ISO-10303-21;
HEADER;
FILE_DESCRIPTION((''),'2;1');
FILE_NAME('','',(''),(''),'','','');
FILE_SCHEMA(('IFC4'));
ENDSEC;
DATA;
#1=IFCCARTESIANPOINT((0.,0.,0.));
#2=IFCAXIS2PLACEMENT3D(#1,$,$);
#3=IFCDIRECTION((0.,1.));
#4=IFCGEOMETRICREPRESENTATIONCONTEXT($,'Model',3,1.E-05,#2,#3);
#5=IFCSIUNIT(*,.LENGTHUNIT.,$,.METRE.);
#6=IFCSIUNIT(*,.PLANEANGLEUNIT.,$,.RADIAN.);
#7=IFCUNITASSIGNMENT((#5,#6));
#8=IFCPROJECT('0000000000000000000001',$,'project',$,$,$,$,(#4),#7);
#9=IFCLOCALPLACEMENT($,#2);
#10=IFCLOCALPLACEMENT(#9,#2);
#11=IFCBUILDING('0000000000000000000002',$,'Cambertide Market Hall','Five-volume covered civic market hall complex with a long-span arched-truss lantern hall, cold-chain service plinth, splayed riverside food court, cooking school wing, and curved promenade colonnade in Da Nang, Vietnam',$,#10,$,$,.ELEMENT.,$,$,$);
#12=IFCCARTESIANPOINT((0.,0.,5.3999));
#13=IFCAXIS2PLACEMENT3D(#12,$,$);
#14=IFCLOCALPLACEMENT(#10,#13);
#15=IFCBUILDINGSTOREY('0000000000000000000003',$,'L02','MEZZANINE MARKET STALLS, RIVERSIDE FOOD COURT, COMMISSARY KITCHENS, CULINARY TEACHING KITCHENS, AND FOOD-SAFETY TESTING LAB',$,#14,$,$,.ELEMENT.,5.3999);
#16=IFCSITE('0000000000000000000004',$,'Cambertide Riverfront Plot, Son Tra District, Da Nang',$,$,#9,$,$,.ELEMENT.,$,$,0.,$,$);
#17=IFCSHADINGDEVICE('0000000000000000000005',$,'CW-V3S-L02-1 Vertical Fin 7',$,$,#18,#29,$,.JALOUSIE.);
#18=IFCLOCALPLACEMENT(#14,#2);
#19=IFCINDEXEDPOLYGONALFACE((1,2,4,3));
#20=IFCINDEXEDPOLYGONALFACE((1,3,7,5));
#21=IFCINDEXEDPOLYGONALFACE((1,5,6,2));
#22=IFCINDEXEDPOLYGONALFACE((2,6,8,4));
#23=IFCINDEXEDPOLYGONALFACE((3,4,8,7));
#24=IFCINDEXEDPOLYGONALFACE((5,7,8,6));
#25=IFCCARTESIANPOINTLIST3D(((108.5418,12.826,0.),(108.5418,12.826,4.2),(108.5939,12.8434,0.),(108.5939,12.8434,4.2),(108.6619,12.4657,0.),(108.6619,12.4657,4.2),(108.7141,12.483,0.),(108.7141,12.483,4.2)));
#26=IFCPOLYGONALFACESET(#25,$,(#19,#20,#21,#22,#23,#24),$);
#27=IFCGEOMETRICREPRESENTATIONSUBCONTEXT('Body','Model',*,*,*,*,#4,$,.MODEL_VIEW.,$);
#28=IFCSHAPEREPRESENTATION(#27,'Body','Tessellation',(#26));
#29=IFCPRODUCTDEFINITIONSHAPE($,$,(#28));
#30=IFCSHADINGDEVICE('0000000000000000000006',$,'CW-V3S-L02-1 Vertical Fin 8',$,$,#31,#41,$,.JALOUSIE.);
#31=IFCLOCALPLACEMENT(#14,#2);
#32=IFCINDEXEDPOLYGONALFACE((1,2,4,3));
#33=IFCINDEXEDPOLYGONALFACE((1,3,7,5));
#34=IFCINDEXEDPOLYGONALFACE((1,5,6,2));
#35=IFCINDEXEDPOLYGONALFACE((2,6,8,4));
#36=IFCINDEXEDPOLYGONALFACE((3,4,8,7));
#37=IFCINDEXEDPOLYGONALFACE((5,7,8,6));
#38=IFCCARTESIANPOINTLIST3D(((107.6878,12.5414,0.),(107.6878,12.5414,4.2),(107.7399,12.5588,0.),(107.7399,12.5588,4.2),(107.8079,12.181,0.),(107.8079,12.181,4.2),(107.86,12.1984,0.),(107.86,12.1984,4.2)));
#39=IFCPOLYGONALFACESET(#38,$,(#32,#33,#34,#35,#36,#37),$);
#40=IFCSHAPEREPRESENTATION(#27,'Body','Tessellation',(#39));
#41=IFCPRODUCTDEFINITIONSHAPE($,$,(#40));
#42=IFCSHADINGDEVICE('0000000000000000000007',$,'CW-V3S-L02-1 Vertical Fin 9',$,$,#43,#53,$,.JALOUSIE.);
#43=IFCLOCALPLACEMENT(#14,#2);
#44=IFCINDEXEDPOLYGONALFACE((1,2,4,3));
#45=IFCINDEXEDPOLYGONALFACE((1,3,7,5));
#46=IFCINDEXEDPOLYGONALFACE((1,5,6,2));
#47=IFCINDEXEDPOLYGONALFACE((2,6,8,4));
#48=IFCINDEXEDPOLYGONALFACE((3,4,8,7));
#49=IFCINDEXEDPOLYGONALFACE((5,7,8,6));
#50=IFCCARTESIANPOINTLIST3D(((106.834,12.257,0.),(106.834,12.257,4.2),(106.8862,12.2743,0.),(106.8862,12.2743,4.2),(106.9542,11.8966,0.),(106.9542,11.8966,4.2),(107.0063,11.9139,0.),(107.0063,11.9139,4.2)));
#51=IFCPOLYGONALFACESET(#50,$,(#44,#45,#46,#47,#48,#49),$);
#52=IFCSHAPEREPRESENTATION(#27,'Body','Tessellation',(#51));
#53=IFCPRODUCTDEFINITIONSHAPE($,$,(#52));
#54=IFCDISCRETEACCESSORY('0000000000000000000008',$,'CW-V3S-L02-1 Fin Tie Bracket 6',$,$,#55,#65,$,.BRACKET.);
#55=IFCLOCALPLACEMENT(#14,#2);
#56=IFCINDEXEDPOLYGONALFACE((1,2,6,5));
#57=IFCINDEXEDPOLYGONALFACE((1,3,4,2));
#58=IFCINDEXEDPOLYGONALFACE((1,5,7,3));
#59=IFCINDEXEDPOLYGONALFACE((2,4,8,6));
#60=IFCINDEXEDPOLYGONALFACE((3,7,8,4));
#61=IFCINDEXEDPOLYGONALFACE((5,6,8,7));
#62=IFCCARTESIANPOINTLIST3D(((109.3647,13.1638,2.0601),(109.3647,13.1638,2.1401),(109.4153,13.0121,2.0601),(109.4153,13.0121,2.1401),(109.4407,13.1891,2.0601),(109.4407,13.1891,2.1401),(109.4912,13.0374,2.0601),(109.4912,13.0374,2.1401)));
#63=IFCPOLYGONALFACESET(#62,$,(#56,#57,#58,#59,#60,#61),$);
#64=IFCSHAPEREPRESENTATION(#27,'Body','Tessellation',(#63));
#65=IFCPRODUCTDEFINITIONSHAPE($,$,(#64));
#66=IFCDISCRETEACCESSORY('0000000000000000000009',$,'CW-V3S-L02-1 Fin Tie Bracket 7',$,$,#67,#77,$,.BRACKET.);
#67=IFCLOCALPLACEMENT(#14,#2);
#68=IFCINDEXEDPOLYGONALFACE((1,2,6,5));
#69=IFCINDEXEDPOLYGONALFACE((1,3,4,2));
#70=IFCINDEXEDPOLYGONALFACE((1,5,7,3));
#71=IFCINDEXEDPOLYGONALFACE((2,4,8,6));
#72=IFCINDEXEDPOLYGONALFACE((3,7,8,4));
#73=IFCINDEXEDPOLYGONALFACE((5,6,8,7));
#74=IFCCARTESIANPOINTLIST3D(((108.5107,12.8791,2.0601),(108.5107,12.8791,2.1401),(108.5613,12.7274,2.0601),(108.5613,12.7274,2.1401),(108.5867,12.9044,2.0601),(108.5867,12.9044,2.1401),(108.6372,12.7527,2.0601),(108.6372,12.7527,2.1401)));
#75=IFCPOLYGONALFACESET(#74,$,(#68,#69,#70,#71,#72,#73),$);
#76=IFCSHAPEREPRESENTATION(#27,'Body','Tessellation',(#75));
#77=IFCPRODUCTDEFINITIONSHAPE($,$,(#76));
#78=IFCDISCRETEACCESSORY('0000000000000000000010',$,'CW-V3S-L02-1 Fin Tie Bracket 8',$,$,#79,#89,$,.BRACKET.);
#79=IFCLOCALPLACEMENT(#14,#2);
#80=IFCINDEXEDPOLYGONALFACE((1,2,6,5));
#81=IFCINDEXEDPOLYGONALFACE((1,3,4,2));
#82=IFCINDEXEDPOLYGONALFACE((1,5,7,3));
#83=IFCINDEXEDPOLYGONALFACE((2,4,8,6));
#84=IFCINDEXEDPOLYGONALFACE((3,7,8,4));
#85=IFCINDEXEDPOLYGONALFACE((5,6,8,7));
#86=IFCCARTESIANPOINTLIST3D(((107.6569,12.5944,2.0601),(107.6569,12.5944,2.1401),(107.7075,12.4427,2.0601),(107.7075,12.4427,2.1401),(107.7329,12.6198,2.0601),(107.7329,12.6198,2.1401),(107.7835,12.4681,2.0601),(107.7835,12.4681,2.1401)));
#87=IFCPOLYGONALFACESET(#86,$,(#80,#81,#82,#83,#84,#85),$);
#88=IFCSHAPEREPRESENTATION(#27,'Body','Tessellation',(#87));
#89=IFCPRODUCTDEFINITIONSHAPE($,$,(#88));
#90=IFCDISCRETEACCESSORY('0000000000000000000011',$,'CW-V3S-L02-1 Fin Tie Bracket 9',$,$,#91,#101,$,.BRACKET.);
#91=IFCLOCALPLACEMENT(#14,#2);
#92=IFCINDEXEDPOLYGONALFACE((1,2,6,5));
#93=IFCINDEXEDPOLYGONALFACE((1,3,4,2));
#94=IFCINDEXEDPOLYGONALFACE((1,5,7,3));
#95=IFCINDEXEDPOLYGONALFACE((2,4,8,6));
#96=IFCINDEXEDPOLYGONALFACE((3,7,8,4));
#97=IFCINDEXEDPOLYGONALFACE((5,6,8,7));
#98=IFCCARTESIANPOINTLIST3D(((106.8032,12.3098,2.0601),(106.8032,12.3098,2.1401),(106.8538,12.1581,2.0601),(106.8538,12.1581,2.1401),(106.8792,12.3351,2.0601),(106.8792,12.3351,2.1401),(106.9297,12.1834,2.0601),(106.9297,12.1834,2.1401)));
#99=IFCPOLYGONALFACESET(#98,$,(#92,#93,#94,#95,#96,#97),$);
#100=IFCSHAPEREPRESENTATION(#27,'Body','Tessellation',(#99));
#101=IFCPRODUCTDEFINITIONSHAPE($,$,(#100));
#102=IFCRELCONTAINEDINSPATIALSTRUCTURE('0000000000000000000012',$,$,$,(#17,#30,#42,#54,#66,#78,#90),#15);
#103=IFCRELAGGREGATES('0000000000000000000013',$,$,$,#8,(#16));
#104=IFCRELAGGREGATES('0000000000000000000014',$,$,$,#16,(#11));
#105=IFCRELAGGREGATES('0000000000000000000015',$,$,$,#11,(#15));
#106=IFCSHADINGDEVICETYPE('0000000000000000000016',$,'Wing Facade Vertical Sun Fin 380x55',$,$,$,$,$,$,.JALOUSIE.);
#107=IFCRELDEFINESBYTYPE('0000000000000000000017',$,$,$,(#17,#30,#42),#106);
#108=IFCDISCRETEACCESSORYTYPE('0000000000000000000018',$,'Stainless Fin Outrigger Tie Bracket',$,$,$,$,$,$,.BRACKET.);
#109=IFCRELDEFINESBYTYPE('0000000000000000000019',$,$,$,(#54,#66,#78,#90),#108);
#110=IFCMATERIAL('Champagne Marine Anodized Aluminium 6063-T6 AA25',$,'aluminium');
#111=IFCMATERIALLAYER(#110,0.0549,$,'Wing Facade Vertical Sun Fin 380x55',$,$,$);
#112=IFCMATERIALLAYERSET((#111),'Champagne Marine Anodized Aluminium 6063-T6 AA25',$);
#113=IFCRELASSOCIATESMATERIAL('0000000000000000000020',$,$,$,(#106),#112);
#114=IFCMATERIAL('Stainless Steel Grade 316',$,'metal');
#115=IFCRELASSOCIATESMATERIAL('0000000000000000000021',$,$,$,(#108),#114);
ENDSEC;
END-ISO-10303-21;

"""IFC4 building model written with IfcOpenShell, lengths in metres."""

from ifc_helpers import new_model, si_unit, direction, frame, origin, origin_2d, place, context, subcontext, project, spatial, rectangle, extrude, material, layer, layer_set, type_object, element, save


model = new_model("IFC4")

# Units and contexts
model_context = context("Model", 3, precision=1e-05, world=origin(), true_north=direction((0.0, 1.0)))
body_context = subcontext(model_context, "Body", "Model", "MODEL_VIEW")
ifc_project = project(units=[si_unit("LENGTHUNIT", "METRE"), si_unit("PLANEANGLEUNIT", "RADIAN")], contexts=[model_context])

# Site, building, storey
site_placement = place(None, origin())
site = spatial("IfcSite", under=ifc_project, at=site_placement, Name="Cambertide Riverfront Plot, Son Tra District, Da Nang", CompositionType="ELEMENT", RefElevation=0.0)
building_placement = place(site_placement, origin())
building = spatial("IfcBuilding", under=site, at=building_placement, Name="Cambertide Market Hall", Description="Five-volume covered civic market hall complex with a long-span arched-truss lantern hall, cold-chain service plinth, splayed riverside food court, cooking school wing, and curved promenade colonnade in Da Nang, Vietnam", CompositionType="ELEMENT")
storey_placement = place(building_placement, frame((0.0, 0.0, 5.3999)))
storey = spatial("IfcBuildingStorey", under=building, at=storey_placement, Name="L02", Description="MEZZANINE MARKET STALLS, RIVERSIDE FOOD COURT, COMMISSARY KITCHENS, CULINARY TEACHING KITCHENS, AND FOOD-SAFETY TESTING LAB", CompositionType="ELEMENT", Elevation=5.3999)

# Shading devices
ifc_material_1 = material(Name="Champagne Marine Anodized Aluminium 6063-T6 AA25", Category="aluminium")
ifc_layer_1 = layer(ifc_material_1, 0.0549, Name="Wing Facade Vertical Sun Fin 380x55")
ifc_layer_set_1 = layer_set([ifc_layer_1], Name="Champagne Marine Anodized Aluminium 6063-T6 AA25")
shading_device_type = type_object("IfcShadingDeviceType", Name="Wing Facade Vertical Sun Fin 380x55", PredefinedType="JALOUSIE", material=ifc_layer_set_1)
for number, where, z_axis, x_axis, name in (
    (1, (108.6279, 12.6545, 0.0), (0.0, 0.0, 1.0), (-0.948683, -0.316228, 0.0), "CW-V3S-L02-1 Vertical Fin 7"),
    (2, (107.7739, 12.3699, 0.0), (0.0, 0.0, 1.0), (-0.948683, -0.316228, 0.0), "CW-V3S-L02-1 Vertical Fin 8"),
    (3, (106.9202, 12.0854, 0.0), (0.0, 0.0, 1.0), (-0.948683, -0.316228, 0.0), "CW-V3S-L02-1 Vertical Fin 9"),
):
    element("IfcShadingDevice", number, at=place(storey_placement, frame(where, z_axis=z_axis, x_axis=x_axis)), inside=storey, type_object=shading_device_type, Name=name, PredefinedType="JALOUSIE", context=body_context, shape_type="SweptSolid", body=[
        extrude(rectangle(XDim=0.0549, YDim=0.3799, at=origin_2d()), origin(), (0.0, 0.0, 1.0), 4.2),
    ])

# Discrete accessories
ifc_material_2 = material(Name="Stainless Steel Grade 316", Category="metal")
discrete_accessory_type = type_object("IfcDiscreteAccessoryType", Name="Stainless Fin Outrigger Tie Bracket", PredefinedType="BRACKET", material=ifc_material_2)
for number, where, z_axis, x_axis, name in (
    (4, (109.428, 13.1006, 2.0601), (0.0, 0.0, 1.0), (-0.948683, -0.316228, 0.0), "CW-V3S-L02-1 Fin Tie Bracket 6"),
    (5, (108.574, 12.8159, 2.0601), (0.0, 0.0, 1.0), (-0.948683, -0.316228, 0.0), "CW-V3S-L02-1 Fin Tie Bracket 7"),
    (6, (107.7202, 12.5312, 2.0601), (0.0, 0.0, 1.0), (-0.948683, -0.316228, 0.0), "CW-V3S-L02-1 Fin Tie Bracket 8"),
    (7, (106.8665, 12.2466, 2.0601), (0.0, 0.0, 1.0), (-0.948683, -0.316228, 0.0), "CW-V3S-L02-1 Fin Tie Bracket 9"),
):
    element("IfcDiscreteAccessory", number, at=place(storey_placement, frame(where, z_axis=z_axis, x_axis=x_axis)), inside=storey, type_object=discrete_accessory_type, Name=name, PredefinedType="BRACKET", context=body_context, shape_type="SweptSolid", body=[
        extrude(rectangle(XDim=0.0801, YDim=0.1599, at=origin_2d()), origin(), (0.0, 0.0, 1.0), 0.0801),
    ])

save(model, "model.ifc")
